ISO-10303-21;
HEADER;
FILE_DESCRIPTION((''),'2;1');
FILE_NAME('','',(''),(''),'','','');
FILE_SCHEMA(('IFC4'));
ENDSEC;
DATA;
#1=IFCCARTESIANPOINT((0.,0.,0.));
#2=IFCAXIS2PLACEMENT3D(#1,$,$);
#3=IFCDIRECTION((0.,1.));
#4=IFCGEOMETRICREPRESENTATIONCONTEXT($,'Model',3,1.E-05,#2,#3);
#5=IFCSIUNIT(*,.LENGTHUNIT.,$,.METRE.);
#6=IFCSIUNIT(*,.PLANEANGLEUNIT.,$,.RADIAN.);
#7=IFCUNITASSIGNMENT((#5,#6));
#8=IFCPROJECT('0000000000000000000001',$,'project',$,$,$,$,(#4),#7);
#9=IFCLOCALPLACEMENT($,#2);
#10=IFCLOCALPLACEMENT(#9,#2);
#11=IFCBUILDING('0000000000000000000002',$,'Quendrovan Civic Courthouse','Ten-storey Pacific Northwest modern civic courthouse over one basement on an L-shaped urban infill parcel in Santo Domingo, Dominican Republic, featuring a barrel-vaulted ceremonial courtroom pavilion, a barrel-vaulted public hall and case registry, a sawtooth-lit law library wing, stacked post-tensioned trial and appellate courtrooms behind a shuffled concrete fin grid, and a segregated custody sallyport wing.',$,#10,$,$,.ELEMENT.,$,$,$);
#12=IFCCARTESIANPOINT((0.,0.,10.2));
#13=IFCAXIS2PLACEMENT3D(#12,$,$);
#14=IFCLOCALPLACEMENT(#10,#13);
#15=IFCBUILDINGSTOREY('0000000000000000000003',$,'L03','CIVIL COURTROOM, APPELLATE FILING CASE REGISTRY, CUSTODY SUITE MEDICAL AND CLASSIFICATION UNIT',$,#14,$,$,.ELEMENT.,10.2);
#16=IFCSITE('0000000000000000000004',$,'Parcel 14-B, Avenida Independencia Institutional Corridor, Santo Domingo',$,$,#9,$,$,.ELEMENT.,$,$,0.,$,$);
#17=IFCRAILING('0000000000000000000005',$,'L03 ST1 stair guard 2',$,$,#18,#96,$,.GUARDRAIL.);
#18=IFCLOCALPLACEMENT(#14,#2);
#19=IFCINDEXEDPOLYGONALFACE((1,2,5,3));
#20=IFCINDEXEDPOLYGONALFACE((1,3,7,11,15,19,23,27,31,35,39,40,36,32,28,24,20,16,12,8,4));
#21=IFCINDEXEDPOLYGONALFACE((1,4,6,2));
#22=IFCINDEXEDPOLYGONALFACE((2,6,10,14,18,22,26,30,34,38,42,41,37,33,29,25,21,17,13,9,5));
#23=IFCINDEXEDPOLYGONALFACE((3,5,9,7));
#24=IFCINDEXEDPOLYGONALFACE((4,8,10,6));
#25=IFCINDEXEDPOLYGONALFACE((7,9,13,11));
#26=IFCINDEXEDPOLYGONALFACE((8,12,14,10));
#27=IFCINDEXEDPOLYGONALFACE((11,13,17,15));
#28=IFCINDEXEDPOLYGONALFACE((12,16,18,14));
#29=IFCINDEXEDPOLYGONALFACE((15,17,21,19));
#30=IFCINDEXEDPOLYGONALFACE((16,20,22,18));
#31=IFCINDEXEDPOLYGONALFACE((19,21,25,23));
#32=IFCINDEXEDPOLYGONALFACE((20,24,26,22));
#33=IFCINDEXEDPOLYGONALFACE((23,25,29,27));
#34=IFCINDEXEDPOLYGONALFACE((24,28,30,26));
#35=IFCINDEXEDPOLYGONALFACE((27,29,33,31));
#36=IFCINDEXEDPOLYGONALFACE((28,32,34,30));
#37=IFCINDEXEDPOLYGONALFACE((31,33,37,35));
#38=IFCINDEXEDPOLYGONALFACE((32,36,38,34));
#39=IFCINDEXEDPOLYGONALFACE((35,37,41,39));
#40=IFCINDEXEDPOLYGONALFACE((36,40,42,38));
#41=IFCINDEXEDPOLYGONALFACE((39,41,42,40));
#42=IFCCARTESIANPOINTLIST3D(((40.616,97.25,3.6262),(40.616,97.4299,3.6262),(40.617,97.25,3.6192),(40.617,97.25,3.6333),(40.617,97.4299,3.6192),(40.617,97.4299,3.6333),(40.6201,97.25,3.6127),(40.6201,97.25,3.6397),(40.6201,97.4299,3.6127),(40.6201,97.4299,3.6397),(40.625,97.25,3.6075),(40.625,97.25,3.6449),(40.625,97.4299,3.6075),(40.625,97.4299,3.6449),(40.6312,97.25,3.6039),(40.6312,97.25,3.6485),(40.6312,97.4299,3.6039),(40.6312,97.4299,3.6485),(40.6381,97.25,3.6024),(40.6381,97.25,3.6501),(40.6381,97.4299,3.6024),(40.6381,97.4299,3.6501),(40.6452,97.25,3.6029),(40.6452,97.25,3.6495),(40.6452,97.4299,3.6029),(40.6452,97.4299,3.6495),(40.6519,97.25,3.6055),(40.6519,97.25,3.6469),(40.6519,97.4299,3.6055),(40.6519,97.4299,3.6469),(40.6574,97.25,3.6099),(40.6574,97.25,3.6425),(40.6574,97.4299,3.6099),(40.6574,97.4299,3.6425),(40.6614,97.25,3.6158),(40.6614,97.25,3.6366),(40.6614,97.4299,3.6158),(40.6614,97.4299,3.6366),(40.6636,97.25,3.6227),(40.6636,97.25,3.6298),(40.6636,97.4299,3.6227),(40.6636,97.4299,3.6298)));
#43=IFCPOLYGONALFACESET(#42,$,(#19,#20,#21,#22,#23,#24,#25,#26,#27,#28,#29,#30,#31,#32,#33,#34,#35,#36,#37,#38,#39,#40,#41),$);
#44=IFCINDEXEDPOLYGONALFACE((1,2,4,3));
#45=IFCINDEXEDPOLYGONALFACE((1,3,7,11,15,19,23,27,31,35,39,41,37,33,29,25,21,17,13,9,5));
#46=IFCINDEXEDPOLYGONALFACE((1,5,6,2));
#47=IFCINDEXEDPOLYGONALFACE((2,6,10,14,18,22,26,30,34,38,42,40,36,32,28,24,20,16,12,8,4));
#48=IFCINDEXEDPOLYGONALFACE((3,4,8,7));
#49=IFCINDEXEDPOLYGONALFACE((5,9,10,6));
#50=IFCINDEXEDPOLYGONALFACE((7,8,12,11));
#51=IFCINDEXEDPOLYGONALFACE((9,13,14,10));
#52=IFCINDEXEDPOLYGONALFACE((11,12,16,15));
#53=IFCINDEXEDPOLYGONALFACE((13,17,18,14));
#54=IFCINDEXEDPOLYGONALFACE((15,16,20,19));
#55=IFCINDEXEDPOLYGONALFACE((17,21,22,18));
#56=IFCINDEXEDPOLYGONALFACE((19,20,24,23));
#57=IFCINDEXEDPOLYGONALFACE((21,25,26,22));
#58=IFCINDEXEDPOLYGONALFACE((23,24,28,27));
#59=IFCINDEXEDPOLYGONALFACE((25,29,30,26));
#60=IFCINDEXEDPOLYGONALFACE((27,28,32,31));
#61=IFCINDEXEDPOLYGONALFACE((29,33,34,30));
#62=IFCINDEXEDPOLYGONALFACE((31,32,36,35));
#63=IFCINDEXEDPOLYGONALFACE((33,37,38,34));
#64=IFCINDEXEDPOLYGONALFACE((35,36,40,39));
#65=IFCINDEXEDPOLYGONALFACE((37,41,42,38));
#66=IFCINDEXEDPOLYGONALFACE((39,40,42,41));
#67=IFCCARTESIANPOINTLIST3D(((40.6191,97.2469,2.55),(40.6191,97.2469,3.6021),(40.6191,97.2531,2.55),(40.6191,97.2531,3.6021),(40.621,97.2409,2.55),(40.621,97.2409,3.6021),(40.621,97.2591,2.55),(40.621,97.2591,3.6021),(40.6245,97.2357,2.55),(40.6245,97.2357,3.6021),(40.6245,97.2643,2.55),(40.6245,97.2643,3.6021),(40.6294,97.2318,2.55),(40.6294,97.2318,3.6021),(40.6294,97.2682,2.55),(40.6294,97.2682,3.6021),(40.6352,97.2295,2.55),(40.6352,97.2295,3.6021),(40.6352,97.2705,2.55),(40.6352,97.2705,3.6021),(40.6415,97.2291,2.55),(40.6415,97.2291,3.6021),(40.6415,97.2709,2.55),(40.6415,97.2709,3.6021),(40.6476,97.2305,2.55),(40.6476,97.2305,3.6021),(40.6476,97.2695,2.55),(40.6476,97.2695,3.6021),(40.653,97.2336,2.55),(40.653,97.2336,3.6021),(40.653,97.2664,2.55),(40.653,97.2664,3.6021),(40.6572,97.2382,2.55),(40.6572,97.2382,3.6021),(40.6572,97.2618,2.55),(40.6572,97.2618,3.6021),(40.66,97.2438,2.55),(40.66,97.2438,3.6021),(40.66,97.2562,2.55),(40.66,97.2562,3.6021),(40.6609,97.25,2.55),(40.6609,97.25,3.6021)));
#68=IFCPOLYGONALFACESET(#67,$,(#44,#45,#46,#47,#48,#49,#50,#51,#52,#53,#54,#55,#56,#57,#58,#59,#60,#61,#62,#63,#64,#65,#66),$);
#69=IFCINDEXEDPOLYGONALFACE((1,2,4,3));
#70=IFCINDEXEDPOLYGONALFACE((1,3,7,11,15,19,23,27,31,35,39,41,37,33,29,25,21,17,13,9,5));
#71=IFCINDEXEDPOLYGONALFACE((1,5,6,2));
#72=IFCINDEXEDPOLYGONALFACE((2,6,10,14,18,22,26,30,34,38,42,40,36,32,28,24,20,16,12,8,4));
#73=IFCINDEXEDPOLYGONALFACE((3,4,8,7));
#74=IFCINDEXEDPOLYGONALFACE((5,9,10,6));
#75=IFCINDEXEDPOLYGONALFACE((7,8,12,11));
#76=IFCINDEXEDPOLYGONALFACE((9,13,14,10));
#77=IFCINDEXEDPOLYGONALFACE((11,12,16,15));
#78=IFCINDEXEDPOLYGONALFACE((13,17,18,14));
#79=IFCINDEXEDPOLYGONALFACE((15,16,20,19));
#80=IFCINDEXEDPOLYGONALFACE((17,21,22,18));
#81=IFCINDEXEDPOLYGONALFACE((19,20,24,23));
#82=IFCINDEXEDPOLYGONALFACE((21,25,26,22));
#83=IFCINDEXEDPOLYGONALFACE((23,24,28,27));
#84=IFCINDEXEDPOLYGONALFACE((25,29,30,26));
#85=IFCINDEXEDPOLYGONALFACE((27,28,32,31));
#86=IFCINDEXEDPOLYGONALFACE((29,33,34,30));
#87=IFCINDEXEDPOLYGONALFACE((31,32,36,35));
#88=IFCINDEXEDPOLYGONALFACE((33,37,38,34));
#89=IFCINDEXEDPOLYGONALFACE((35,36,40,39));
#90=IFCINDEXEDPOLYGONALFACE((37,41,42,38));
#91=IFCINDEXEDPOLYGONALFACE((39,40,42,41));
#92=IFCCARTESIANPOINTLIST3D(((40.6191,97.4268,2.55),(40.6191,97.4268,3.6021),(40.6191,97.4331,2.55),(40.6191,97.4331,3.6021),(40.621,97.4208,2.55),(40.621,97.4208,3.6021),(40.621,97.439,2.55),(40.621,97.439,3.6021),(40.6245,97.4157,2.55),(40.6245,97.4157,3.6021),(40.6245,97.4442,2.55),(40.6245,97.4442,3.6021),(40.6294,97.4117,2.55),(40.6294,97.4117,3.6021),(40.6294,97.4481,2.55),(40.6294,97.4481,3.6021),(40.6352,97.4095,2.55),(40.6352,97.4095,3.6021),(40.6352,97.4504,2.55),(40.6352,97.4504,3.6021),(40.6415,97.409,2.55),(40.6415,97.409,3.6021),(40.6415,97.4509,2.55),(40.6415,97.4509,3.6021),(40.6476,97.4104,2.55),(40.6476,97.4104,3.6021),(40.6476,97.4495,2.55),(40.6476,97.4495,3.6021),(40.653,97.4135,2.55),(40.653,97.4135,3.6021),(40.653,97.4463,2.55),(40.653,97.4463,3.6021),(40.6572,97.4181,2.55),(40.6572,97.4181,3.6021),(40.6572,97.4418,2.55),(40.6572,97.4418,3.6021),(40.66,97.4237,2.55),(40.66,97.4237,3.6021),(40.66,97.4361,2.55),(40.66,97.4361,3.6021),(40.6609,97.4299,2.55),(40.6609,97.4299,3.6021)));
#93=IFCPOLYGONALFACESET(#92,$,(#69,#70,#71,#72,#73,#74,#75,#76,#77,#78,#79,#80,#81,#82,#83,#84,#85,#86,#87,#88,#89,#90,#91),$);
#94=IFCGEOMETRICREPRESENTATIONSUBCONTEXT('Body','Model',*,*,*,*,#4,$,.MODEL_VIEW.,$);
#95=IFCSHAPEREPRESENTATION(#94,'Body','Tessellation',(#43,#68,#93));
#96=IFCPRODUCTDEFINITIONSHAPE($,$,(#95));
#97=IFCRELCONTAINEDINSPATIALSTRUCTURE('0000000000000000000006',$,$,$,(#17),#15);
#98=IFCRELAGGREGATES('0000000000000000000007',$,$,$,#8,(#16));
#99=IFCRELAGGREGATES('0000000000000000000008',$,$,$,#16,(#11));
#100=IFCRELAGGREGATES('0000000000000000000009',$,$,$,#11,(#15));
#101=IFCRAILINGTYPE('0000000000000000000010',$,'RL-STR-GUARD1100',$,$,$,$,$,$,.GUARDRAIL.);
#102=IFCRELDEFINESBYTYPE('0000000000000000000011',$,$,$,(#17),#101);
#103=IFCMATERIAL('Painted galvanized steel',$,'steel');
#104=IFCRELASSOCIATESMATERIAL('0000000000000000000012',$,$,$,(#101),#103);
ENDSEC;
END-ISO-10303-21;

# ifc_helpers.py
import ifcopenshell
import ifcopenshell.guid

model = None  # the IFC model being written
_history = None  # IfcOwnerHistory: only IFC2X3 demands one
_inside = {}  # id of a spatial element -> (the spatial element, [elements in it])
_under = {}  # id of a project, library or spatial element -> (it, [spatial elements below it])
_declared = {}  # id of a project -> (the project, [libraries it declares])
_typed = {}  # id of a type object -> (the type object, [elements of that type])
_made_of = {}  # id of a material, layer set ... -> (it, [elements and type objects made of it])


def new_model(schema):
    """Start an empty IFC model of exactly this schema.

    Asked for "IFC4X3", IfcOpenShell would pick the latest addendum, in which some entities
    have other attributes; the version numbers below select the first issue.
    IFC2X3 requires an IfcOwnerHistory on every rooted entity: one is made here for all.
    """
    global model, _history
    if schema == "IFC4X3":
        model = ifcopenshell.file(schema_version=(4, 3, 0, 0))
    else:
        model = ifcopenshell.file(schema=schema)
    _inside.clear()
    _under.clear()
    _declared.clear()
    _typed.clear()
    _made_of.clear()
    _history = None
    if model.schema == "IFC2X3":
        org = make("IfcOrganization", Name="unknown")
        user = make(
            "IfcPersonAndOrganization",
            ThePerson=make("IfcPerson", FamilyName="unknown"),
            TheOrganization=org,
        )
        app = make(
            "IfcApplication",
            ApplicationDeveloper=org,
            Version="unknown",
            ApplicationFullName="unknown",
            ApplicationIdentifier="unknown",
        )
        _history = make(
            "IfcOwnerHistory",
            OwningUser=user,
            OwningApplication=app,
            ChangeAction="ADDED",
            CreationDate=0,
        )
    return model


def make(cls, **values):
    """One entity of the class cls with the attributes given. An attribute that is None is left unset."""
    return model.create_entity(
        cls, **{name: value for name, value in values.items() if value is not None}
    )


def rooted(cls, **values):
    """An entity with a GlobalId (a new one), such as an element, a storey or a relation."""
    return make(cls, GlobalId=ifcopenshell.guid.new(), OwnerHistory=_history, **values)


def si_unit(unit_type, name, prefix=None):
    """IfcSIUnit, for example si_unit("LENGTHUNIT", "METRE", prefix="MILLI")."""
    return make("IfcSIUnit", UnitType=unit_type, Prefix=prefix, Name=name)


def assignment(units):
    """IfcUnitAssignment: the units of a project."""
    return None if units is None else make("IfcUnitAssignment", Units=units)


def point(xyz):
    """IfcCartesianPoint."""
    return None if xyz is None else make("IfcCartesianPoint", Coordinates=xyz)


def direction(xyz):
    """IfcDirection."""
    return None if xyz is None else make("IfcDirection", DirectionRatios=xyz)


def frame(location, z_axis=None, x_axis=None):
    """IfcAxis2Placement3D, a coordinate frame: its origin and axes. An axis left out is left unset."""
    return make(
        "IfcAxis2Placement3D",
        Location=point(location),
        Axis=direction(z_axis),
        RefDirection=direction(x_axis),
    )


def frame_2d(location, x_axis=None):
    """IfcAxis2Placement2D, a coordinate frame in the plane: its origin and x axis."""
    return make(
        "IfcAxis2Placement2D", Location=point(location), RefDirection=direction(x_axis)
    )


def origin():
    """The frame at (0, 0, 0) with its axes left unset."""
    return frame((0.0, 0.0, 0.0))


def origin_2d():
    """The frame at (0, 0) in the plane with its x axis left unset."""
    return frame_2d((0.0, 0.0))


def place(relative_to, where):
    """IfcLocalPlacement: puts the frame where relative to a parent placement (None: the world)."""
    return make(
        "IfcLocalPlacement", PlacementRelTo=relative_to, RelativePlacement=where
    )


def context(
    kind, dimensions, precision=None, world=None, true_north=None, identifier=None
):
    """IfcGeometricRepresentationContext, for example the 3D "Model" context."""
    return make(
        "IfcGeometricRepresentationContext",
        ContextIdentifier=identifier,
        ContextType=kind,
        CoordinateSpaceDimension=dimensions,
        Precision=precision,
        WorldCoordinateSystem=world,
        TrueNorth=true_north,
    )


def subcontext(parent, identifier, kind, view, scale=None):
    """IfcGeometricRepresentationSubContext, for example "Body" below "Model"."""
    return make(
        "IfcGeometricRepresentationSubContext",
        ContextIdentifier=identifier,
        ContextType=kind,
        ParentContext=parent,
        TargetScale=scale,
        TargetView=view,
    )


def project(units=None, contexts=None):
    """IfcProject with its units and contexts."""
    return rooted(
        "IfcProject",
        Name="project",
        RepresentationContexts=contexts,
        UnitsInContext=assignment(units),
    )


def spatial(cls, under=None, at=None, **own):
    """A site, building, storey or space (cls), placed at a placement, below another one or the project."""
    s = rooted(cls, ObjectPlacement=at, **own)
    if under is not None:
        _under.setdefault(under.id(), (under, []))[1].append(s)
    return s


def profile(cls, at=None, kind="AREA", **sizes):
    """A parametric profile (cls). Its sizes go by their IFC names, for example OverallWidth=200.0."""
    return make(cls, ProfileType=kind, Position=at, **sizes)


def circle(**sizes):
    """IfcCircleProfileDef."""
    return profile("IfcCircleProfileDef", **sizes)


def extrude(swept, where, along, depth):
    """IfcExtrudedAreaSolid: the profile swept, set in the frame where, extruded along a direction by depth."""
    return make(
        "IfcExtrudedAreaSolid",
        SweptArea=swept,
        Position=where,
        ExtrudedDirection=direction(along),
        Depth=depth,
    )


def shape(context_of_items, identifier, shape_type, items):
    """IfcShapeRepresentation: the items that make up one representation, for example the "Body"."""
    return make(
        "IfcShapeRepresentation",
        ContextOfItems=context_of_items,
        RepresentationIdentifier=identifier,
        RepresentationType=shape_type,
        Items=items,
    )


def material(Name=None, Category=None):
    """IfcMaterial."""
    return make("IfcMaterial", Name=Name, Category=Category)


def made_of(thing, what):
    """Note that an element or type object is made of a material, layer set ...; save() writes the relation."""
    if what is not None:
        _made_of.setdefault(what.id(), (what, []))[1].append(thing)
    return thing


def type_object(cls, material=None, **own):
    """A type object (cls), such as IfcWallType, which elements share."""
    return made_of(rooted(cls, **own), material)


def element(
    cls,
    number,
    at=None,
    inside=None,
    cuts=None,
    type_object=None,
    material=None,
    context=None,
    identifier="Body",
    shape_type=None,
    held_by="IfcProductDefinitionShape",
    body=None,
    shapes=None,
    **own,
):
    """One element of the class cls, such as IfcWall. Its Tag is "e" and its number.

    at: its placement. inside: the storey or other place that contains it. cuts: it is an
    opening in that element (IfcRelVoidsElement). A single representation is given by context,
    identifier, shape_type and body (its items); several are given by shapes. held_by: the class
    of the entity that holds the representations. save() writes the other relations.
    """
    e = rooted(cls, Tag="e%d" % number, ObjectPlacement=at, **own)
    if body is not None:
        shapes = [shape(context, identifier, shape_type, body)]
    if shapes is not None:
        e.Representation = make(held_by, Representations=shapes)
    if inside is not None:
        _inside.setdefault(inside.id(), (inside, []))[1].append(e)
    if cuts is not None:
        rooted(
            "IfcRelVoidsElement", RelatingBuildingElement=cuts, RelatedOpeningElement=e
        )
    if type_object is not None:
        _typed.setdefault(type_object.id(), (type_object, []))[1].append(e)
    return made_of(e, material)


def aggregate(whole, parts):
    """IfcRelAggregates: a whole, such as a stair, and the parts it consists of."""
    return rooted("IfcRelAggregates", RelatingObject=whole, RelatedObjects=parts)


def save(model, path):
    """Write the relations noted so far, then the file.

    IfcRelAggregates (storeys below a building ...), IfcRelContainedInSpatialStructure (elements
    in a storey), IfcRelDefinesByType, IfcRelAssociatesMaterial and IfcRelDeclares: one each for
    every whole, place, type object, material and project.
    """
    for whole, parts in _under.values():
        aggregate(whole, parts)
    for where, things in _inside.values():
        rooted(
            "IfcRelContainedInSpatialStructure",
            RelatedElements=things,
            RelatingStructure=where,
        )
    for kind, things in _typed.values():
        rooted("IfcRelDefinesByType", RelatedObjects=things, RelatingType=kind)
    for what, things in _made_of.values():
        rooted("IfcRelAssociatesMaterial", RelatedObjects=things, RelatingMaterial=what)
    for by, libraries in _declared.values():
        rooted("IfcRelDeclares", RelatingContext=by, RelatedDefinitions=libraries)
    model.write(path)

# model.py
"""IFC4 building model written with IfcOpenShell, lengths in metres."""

from ifc_helpers import new_model, si_unit, direction, frame, origin, origin_2d, place, context, subcontext, project, spatial, circle, extrude, material, type_object, element, save


model = new_model("IFC4")

# Units and contexts
model_context = context("Model", 3, precision=1e-05, world=origin(), true_north=direction((0.0, 1.0)))
body_context = subcontext(model_context, "Body", "Model", "MODEL_VIEW")
ifc_project = project(units=[si_unit("LENGTHUNIT", "METRE"), si_unit("PLANEANGLEUNIT", "RADIAN")], contexts=[model_context])

# Site, building, storey
site_placement = place(None, origin())
site = spatial("IfcSite", under=ifc_project, at=site_placement, Name="Parcel 14-B, Avenida Independencia Institutional Corridor, Santo Domingo", CompositionType="ELEMENT", RefElevation=0.0)
building_placement = place(site_placement, origin())
building = spatial("IfcBuilding", under=site, at=building_placement, Name="Quendrovan Civic Courthouse", Description="Ten-storey Pacific Northwest modern civic courthouse over one basement on an L-shaped urban infill parcel in Santo Domingo, Dominican Republic, featuring a barrel-vaulted ceremonial courtroom pavilion, a barrel-vaulted public hall and case registry, a sawtooth-lit law library wing, stacked post-tensioned trial and appellate courtrooms behind a shuffled concrete fin grid, and a segregated custody sallyport wing.", CompositionType="ELEMENT")
storey_placement = place(building_placement, frame((0.0, 0.0, 10.2)))
storey = spatial("IfcBuildingStorey", under=building, at=storey_placement, Name="L03", Description="CIVIL COURTROOM, APPELLATE FILING CASE REGISTRY, CUSTODY SUITE MEDICAL AND CLASSIFICATION UNIT", CompositionType="ELEMENT", Elevation=10.2)

# Railing
ifc_material_1 = material(Name="Painted galvanized steel", Category="steel")
railing_type_1 = type_object("IfcRailingType", Name="RL-STR-GUARD1100", PredefinedType="GUARDRAIL", material=ifc_material_1)
railing_1_placement = place(storey_placement, frame((40.6399, 97.25, 2.55)))
element("IfcRailing", 1, at=railing_1_placement, inside=storey, type_object=railing_type_1, Name="L03 ST1 stair guard 2", PredefinedType="GUARDRAIL", context=body_context, shape_type="SweptSolid", body=[
    extrude(circle(Radius=0.0239, at=origin_2d()), frame((0.0, 0.0, 1.0762), z_axis=(0.0, 1.0, 0.0), x_axis=(-1.0, 0.0, 0.0)), (0.0, 0.0, 1.0), 0.1799),
    extrude(circle(Radius=0.021, at=origin_2d()), origin(), (0.0, 0.0, 1.0), 1.052),
    extrude(circle(Radius=0.021, at=origin_2d()), frame((0.0, 0.1799, 0.0)), (0.0, 0.0, 1.0), 1.052),
])

save(model, "model.ifc")
